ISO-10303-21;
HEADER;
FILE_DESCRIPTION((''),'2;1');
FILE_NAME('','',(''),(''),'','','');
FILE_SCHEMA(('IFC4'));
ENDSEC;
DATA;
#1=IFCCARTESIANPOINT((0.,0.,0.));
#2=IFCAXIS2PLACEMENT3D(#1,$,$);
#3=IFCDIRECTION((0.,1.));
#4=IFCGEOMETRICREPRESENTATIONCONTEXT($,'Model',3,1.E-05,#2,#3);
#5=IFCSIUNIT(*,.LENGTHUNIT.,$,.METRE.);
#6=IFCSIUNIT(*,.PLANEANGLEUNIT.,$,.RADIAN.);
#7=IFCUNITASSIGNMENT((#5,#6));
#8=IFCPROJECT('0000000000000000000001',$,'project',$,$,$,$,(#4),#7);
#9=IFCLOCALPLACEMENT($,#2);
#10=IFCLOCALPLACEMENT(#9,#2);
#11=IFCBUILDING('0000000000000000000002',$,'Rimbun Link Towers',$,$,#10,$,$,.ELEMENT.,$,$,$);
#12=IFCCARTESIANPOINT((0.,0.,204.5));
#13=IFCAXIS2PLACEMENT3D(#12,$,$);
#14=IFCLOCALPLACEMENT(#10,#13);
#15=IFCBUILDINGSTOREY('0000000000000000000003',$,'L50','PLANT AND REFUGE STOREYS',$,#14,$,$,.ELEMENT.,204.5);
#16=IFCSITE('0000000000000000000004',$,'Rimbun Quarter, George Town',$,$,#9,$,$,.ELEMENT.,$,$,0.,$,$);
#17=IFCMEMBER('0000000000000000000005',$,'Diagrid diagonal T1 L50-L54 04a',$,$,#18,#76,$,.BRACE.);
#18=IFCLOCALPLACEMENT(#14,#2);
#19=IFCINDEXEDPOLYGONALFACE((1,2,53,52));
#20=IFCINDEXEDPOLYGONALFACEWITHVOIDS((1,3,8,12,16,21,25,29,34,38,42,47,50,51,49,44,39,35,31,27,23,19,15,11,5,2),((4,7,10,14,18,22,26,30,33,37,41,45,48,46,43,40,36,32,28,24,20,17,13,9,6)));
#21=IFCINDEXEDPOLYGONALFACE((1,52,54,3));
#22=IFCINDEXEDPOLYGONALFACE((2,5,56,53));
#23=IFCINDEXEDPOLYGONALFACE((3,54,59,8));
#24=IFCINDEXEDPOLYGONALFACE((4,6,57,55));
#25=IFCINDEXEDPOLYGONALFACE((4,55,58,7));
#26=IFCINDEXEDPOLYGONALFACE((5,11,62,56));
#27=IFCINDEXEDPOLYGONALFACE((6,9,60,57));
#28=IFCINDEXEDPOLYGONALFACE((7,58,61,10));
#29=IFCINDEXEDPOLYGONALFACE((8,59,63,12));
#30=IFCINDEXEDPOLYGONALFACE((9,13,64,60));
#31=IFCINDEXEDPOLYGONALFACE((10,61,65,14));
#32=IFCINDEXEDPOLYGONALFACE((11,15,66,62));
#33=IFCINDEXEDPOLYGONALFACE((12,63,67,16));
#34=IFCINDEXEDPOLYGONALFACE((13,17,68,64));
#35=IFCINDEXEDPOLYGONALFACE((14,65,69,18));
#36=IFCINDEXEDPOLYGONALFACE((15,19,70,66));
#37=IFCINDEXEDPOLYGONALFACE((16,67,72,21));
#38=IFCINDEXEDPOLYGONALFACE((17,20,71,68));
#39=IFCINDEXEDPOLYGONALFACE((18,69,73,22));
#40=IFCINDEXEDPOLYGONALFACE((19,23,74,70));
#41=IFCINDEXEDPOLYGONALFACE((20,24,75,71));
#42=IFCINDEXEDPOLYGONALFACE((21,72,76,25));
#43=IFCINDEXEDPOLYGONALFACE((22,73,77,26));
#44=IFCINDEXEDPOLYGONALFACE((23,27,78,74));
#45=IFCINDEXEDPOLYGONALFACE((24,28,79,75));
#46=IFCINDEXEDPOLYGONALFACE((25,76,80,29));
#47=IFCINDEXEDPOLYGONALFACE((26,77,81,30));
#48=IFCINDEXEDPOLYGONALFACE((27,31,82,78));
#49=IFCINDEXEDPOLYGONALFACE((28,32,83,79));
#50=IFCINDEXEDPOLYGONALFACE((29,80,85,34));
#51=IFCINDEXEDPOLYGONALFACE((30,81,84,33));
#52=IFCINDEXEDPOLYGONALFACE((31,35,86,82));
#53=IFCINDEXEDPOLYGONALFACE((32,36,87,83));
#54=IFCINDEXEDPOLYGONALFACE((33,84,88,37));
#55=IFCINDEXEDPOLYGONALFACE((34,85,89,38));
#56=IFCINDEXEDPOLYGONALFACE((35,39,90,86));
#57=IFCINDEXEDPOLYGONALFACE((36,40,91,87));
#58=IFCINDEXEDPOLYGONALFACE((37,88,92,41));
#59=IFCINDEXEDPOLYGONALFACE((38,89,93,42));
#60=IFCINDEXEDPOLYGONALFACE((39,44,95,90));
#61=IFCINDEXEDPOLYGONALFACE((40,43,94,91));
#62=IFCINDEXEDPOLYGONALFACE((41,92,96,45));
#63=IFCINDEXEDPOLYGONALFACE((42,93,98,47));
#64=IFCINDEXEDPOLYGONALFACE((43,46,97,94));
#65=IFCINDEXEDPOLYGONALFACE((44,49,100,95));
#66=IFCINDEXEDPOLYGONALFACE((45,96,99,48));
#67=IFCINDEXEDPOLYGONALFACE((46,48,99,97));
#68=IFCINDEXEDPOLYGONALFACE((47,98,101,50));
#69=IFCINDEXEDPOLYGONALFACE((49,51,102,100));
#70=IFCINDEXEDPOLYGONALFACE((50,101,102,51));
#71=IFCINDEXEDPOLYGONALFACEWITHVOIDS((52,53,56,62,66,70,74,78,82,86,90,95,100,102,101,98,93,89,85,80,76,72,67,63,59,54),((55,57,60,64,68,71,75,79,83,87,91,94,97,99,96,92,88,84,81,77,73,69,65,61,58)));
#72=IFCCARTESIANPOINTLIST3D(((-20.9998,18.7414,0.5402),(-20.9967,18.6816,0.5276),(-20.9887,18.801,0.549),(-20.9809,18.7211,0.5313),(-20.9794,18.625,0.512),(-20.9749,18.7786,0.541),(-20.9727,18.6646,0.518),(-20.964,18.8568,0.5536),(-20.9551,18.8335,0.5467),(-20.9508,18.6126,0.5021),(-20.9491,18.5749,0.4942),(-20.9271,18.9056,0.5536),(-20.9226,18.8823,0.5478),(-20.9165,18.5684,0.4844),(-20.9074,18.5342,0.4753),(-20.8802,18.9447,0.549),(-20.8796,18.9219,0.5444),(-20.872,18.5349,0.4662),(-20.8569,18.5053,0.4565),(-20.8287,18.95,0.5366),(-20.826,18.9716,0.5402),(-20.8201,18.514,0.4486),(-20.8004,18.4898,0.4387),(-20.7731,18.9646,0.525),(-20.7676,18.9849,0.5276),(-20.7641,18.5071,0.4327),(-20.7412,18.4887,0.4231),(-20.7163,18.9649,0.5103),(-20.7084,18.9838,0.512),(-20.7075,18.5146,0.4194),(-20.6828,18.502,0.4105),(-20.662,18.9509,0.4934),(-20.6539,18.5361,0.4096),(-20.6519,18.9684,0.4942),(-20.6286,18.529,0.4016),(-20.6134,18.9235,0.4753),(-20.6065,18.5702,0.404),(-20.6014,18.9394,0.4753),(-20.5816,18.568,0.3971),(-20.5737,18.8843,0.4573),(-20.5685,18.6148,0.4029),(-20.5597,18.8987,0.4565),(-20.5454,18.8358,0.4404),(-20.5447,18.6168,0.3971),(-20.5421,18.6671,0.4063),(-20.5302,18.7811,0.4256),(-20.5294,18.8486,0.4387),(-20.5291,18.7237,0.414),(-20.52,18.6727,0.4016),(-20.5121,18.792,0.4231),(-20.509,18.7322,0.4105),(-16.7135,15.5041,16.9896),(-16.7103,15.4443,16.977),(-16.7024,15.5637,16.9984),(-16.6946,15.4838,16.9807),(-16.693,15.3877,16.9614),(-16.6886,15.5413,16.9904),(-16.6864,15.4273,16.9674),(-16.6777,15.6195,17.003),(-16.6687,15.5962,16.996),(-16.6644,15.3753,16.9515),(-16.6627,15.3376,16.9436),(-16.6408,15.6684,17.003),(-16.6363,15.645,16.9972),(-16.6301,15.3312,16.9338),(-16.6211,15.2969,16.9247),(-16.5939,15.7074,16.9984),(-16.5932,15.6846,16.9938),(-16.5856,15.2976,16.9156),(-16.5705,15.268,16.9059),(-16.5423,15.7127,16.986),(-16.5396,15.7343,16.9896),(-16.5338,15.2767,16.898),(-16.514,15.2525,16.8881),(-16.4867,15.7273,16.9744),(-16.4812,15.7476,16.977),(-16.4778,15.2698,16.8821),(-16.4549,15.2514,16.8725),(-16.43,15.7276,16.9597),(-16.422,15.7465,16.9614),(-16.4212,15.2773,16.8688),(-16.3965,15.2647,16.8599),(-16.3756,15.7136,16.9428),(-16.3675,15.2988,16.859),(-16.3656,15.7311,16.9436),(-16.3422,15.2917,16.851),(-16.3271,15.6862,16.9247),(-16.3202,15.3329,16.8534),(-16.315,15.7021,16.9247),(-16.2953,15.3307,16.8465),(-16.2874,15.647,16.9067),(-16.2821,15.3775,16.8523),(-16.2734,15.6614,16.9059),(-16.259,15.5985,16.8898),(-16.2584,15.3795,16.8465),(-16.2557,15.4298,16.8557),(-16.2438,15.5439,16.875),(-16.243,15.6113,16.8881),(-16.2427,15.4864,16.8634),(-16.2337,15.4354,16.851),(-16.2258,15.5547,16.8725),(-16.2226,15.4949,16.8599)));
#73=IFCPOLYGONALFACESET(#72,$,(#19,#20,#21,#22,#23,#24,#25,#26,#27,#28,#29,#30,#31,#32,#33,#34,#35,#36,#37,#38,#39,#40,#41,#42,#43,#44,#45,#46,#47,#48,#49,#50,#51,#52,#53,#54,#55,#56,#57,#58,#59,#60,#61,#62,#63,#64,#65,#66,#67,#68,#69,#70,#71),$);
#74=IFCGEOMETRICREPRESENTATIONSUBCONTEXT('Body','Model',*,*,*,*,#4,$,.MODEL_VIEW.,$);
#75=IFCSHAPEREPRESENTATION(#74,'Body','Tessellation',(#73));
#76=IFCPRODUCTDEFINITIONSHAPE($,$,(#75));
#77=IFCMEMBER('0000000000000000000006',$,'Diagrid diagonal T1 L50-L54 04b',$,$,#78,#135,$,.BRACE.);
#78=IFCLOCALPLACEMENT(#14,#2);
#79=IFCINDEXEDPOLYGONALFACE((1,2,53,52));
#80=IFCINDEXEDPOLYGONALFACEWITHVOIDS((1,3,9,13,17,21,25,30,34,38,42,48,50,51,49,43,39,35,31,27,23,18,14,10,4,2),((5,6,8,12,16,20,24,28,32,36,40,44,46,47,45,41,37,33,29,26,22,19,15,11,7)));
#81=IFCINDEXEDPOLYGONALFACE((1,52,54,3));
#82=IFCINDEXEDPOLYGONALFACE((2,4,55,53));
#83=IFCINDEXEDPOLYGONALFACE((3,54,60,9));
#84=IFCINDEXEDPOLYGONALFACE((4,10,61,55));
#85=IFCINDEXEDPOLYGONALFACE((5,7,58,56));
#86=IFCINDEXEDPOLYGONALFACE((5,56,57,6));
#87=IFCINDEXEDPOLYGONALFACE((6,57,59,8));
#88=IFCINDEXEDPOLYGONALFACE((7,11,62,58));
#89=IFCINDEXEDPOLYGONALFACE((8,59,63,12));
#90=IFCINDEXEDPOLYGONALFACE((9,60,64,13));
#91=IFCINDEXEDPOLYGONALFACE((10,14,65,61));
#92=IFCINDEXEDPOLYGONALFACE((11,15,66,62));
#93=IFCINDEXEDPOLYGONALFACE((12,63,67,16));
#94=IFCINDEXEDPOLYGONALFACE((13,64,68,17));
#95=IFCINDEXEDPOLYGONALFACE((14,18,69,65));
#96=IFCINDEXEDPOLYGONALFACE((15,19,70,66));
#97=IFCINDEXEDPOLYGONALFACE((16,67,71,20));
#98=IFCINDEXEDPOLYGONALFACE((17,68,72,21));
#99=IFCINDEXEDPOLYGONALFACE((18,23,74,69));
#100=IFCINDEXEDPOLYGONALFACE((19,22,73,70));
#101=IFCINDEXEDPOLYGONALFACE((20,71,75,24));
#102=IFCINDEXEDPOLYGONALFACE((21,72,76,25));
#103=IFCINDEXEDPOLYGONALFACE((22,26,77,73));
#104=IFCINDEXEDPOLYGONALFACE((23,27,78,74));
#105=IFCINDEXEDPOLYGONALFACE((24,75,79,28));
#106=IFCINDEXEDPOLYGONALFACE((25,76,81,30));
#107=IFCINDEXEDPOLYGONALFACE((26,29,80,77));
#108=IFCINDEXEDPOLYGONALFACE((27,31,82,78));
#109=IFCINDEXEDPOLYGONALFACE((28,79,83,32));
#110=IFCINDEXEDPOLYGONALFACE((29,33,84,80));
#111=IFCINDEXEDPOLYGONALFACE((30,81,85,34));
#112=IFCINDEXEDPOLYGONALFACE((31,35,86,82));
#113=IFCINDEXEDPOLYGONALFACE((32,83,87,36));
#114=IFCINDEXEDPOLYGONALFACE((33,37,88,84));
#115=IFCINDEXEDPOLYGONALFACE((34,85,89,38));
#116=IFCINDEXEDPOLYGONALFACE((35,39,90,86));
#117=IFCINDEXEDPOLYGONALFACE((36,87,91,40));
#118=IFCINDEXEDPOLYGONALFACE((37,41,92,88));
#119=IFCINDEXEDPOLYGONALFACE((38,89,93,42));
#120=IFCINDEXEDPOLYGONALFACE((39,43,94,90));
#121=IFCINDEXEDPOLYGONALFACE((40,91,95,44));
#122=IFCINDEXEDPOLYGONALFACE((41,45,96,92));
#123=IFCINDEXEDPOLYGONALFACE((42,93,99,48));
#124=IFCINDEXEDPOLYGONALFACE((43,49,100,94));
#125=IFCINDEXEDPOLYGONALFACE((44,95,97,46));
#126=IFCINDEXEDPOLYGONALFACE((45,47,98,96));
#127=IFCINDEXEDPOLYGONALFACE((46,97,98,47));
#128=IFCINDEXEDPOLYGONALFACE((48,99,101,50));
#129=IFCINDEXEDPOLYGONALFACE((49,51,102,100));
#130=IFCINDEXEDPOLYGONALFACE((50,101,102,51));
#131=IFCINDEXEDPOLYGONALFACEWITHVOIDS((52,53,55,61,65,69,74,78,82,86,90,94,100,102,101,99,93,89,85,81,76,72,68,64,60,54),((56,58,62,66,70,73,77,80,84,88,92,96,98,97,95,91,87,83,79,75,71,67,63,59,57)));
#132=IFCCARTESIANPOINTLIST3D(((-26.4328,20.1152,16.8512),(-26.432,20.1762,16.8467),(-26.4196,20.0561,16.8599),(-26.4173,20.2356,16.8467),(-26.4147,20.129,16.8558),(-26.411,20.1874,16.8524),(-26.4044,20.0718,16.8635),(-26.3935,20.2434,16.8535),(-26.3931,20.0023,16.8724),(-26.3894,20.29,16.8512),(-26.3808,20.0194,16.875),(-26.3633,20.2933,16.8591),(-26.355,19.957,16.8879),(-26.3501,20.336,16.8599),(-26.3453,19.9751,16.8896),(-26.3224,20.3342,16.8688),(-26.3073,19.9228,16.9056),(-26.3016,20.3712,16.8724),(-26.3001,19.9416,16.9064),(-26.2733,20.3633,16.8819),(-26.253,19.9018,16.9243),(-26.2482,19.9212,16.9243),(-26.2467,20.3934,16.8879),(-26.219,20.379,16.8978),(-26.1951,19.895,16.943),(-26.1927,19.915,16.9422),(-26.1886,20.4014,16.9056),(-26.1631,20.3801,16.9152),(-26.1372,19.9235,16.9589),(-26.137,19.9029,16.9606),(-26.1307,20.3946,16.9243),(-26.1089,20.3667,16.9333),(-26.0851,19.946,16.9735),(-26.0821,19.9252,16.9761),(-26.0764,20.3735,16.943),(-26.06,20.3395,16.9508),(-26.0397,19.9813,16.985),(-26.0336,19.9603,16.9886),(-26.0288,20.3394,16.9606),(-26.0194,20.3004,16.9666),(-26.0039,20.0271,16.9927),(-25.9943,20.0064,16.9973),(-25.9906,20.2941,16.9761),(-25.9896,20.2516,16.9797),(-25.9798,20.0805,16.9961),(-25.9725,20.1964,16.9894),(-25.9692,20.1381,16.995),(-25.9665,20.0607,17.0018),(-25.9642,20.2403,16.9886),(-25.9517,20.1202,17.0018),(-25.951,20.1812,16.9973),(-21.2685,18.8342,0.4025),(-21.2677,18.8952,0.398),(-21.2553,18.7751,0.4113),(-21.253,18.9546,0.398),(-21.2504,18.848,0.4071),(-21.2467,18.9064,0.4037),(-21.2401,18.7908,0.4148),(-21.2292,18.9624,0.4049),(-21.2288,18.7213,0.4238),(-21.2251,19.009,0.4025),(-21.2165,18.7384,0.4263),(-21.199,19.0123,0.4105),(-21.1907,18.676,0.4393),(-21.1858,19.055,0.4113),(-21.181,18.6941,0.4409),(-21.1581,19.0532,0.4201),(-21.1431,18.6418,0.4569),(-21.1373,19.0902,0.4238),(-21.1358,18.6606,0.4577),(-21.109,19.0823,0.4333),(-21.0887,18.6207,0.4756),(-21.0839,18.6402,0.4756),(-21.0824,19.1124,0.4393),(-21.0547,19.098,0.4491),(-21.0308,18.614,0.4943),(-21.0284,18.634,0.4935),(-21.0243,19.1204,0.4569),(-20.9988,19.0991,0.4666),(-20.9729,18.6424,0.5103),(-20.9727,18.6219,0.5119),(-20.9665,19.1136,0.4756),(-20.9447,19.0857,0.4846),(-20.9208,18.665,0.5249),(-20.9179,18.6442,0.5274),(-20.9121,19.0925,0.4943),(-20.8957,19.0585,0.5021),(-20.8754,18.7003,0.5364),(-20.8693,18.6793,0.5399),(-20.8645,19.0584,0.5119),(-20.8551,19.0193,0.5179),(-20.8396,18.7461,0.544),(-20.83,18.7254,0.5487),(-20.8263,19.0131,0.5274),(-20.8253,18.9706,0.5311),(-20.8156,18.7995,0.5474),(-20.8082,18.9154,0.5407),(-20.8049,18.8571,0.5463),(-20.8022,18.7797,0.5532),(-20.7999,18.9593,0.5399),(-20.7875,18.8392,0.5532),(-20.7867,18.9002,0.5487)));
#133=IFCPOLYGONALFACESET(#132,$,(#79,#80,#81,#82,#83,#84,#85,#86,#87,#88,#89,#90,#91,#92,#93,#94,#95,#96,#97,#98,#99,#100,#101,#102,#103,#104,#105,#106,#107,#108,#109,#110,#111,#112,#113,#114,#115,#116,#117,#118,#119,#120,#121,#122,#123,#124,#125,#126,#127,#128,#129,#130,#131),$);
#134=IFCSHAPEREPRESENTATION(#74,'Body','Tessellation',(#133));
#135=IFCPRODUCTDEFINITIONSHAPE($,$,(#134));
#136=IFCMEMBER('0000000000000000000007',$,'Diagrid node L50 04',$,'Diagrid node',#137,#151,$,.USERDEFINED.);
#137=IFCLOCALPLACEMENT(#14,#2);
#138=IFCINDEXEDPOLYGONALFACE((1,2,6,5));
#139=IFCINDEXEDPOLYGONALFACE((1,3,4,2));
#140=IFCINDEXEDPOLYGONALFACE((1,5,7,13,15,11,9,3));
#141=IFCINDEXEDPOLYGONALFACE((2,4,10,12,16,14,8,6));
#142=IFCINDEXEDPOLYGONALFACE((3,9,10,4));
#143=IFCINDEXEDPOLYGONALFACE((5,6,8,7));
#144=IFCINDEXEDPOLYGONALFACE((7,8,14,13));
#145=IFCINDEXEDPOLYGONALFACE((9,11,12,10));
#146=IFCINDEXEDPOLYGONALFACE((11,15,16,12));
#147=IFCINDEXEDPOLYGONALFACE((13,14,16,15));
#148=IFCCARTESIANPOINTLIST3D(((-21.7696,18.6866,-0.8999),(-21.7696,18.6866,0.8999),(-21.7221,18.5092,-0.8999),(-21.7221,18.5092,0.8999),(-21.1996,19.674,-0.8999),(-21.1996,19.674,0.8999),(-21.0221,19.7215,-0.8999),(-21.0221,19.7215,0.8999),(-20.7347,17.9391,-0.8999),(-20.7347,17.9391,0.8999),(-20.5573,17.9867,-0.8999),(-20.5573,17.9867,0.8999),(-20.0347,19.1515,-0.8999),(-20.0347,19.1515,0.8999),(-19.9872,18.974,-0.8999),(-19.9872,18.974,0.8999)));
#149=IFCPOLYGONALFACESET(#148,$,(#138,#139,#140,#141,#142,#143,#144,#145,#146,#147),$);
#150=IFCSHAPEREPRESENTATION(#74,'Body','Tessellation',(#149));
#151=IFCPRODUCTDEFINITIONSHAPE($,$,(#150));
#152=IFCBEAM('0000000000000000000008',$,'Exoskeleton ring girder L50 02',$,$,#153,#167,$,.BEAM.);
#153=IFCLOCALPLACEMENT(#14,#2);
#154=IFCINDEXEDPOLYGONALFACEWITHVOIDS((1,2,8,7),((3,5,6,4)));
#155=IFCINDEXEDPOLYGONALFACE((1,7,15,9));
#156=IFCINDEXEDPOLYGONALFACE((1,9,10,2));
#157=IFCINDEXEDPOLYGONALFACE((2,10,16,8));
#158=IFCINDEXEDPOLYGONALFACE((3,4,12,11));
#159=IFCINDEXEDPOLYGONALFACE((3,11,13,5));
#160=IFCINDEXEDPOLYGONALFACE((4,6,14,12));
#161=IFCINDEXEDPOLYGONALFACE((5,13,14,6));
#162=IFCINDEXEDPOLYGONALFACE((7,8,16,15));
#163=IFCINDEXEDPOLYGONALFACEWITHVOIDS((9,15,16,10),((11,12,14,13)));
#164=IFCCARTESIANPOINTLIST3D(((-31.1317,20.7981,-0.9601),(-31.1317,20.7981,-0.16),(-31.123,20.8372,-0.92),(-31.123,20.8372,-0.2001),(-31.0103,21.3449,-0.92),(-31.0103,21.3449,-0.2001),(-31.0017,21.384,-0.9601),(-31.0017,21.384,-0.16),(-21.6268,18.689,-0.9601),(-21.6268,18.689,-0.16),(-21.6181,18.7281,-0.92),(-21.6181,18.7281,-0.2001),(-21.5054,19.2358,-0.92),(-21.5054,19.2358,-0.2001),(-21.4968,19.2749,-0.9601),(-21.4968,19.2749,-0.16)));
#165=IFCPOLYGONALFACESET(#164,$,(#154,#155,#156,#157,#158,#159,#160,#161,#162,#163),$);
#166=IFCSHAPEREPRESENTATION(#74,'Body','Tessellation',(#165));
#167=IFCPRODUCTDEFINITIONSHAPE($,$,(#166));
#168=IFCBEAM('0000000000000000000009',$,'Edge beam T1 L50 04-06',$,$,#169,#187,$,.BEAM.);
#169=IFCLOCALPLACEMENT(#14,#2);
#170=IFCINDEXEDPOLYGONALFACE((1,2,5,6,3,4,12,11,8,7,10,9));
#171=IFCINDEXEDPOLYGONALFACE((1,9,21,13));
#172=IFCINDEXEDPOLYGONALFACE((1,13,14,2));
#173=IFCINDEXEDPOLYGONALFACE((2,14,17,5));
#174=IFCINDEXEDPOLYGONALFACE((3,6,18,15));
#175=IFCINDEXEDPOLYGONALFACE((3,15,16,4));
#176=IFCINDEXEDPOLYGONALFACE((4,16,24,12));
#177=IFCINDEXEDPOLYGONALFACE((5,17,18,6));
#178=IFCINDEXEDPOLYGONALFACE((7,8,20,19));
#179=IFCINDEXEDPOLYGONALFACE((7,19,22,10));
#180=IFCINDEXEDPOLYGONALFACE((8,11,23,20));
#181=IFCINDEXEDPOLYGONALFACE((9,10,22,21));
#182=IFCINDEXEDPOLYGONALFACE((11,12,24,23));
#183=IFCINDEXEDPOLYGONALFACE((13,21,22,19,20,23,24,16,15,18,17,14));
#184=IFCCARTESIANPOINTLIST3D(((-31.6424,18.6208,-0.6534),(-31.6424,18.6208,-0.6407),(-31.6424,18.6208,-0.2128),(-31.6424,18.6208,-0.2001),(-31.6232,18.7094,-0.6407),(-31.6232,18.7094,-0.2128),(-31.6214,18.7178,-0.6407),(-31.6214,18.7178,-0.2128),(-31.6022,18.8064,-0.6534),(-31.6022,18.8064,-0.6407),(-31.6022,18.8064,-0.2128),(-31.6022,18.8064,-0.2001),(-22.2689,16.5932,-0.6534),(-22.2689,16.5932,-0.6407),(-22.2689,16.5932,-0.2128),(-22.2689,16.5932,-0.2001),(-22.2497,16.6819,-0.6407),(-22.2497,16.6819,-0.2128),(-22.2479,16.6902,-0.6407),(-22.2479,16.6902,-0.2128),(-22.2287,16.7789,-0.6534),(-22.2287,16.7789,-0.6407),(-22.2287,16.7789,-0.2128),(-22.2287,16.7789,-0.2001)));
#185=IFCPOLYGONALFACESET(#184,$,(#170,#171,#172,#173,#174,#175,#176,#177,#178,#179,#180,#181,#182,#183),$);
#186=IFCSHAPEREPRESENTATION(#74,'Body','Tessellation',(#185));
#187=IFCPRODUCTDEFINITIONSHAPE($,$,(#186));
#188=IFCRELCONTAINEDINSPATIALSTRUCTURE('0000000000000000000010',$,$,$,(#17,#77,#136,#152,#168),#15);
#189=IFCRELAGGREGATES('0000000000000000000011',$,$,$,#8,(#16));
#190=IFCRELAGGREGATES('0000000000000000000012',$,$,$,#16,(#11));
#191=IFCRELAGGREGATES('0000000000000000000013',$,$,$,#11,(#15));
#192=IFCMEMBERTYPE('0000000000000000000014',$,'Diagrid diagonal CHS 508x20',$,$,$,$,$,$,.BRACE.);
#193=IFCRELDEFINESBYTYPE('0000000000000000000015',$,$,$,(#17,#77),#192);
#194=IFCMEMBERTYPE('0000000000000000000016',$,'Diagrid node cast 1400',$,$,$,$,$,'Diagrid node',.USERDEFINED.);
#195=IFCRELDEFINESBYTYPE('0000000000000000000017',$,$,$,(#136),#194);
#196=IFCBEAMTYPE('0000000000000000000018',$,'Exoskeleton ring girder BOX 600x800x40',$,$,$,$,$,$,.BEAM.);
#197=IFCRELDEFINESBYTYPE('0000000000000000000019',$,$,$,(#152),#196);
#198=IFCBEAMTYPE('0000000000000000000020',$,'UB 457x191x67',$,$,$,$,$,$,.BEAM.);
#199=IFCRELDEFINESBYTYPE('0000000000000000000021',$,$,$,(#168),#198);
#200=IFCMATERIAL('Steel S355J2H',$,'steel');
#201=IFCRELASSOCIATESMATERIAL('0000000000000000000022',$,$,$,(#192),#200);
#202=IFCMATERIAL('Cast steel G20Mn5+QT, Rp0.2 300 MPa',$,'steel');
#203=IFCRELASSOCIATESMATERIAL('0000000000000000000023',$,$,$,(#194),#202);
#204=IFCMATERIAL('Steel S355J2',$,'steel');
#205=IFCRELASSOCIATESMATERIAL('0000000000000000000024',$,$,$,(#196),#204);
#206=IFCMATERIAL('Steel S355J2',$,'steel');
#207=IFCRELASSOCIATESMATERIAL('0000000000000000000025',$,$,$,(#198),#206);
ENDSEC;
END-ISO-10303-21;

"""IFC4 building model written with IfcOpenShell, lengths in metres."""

from ifc_helpers import new_model, si_unit, direction, frame, origin, origin_2d, place, context, subcontext, project, spatial, polyline, hollow_rectangle, hollow_circle, i_section, outline, extrude, material, material_profile, profile_set, type_object, element, save


model = new_model("IFC4")

# Units and contexts
model_context = context("Model", 3, precision=1e-05, world=origin(), true_north=direction((0.0, 1.0)))
body_context = subcontext(model_context, "Body", "Model", "MODEL_VIEW")
ifc_project = project(units=[si_unit("LENGTHUNIT", "METRE"), si_unit("PLANEANGLEUNIT", "RADIAN")], contexts=[model_context])

# Site, building, storey
site_placement = place(None, origin())
site = spatial("IfcSite", under=ifc_project, at=site_placement, Name="Rimbun Quarter, George Town", CompositionType="ELEMENT", RefElevation=0.0)
building_placement = place(site_placement, origin())
building = spatial("IfcBuilding", under=site, at=building_placement, Name="Rimbun Link Towers", CompositionType="ELEMENT")
storey_placement = place(building_placement, frame((0.0, 0.0, 204.5)))
storey = spatial("IfcBuildingStorey", under=building, at=storey_placement, Name="L50", Description="PLANT AND REFUGE STOREYS", CompositionType="ELEMENT", Elevation=204.5)

# Members
ifc_material_1 = material(Name="Steel S355J2H", Category="steel")
ifc_material_profile_1 = material_profile(ifc_material_1, hollow_circle(Radius=0.2539, WallThickness=0.02, at=origin_2d()), Name="Diagrid diagonal CHS 508x20")
ifc_profile_set_1 = profile_set([ifc_material_profile_1], Name="Steel S355J2H")
member_type_1 = type_object("IfcMemberType", Name="Diagrid diagonal CHS 508x20", PredefinedType="BRACE", material=ifc_profile_set_1)
member_1_placement = place(storey_placement, frame((-20.7544, 18.7368, 0.4753), z_axis=(0.247706, -0.187081, 0.950601), x_axis=(0.60268, 0.797983, 0.0)))
element("IfcMember", 1, at=member_1_placement, inside=storey, type_object=member_type_1, Name="Diagrid diagonal T1 L50-L54 04a", PredefinedType="BRACE", context=body_context, shape_type="SweptSolid", body=[
    extrude(hollow_circle(Radius=0.2539, WallThickness=0.02, at=origin_2d()), origin(), (0.0, 0.0, 1.0), 17.3042),
])
member_2_placement = place(storey_placement, frame((-21.0276, 18.8672, 0.4756), z_axis=(-0.298724, 0.074098, 0.951459), x_axis=(-0.240754, -0.970586, 0.0)))
element("IfcMember", 2, at=member_2_placement, inside=storey, type_object=member_type_1, Name="Diagrid diagonal T1 L50-L54 04b", PredefinedType="BRACE", context=body_context, shape_type="SweptSolid", body=[
    extrude(hollow_circle(Radius=0.2539, WallThickness=0.02, at=origin_2d()), origin(), (0.0, 0.0, 1.0), 17.2878),
])
ifc_material_2 = material(Name="Cast steel G20Mn5+QT, Rp0.2 300 MPa", Category="steel")
ifc_material_profile_2 = material_profile(ifc_material_2, outline(polyline([(0.7, -0.5701), (0.7, 0.5701), (0.5701, 0.7), (-0.5701, 0.7), (-0.7, 0.5701), (-0.7, -0.5701), (-0.5701, -0.7), (0.5701, -0.7), (0.7, -0.5701)])), Name="NODE 1400x1400")
ifc_profile_set_2 = profile_set([ifc_material_profile_2], Name="Cast steel G20Mn5+QT, Rp0.2 300 MPa")
member_type_2 = type_object("IfcMemberType", Name="Diagrid node cast 1400", ElementType="Diagrid node", PredefinedType="USERDEFINED", material=ifc_profile_set_2)
member_3_placement = place(storey_placement, frame((-20.8784, 18.8303, -0.8999), z_axis=(0.0, 0.0, 1.0), x_axis=(0.5, 0.866025, 0.0)))
element("IfcMember", 3, at=member_3_placement, inside=storey, type_object=member_type_2, Name="Diagrid node L50 04", ObjectType="Diagrid node", PredefinedType="USERDEFINED", context=body_context, shape_type="SweptSolid", body=[
    extrude(outline(polyline([(0.7, -0.5701), (0.7, 0.5701), (0.5701, 0.7), (-0.5701, 0.7), (-0.7, 0.5701), (-0.7, -0.5701), (-0.5701, -0.7), (0.5701, -0.7), (0.7, -0.5701)])), origin(), (0.0, 0.0, 1.0), 1.7998),
])

# Beams
ifc_material_3 = material(Name="Steel S355J2", Category="steel")
ifc_material_profile_3 = material_profile(ifc_material_3, hollow_rectangle(XDim=0.6001, YDim=0.8, WallThickness=0.04, at=origin_2d()), Name="Exoskeleton ring girder BOX 600x800x40")
ifc_profile_set_3 = profile_set([ifc_material_profile_3], Name="Steel S355J2")
beam_type_1 = type_object("IfcBeamType", Name="Exoskeleton ring girder BOX 600x800x40", PredefinedType="BEAM", material=ifc_profile_set_3)
beam_1_placement = place(storey_placement, frame((-21.5618, 18.9819, -0.5601), z_axis=(-0.976254, 0.21663, 0.0), x_axis=(-0.21663, -0.976254, 0.0)))
element("IfcBeam", 4, at=beam_1_placement, inside=storey, type_object=beam_type_1, Name="Exoskeleton ring girder L50 02", PredefinedType="BEAM", context=body_context, shape_type="SweptSolid", body=[
    extrude(hollow_rectangle(XDim=0.6001, YDim=0.8, WallThickness=0.04, at=origin_2d()), origin(), (0.0, 0.0, 1.0), 9.7361),
])
ifc_material_4 = material(Name="Steel S355J2", Category="steel")
ifc_material_profile_4 = material_profile(ifc_material_4, i_section(OverallWidth=0.1899, OverallDepth=0.4534, WebThickness=0.0085, FlangeThickness=0.0127, at=origin_2d()), Name="UB 457x191x67")
ifc_profile_set_4 = profile_set([ifc_material_profile_4], Name="Steel S355J2")
beam_type_2 = type_object("IfcBeamType", Name="UB 457x191x67", PredefinedType="BEAM", material=ifc_profile_set_4)
beam_2_placement = place(storey_placement, frame((-22.2488, 16.686, -0.4268), z_axis=(-0.977395, 0.21142, 0.0), x_axis=(-0.21142, -0.977395, 0.0)))
element("IfcBeam", 5, at=beam_2_placement, inside=storey, type_object=beam_type_2, Name="Edge beam T1 L50 04-06", PredefinedType="BEAM", context=body_context, shape_type="SweptSolid", body=[
    extrude(i_section(OverallWidth=0.1899, OverallDepth=0.4534, WebThickness=0.0085, FlangeThickness=0.0127, at=origin_2d()), origin(), (0.0, 0.0, 1.0), 9.5903),
])

save(model, "model.ifc")
